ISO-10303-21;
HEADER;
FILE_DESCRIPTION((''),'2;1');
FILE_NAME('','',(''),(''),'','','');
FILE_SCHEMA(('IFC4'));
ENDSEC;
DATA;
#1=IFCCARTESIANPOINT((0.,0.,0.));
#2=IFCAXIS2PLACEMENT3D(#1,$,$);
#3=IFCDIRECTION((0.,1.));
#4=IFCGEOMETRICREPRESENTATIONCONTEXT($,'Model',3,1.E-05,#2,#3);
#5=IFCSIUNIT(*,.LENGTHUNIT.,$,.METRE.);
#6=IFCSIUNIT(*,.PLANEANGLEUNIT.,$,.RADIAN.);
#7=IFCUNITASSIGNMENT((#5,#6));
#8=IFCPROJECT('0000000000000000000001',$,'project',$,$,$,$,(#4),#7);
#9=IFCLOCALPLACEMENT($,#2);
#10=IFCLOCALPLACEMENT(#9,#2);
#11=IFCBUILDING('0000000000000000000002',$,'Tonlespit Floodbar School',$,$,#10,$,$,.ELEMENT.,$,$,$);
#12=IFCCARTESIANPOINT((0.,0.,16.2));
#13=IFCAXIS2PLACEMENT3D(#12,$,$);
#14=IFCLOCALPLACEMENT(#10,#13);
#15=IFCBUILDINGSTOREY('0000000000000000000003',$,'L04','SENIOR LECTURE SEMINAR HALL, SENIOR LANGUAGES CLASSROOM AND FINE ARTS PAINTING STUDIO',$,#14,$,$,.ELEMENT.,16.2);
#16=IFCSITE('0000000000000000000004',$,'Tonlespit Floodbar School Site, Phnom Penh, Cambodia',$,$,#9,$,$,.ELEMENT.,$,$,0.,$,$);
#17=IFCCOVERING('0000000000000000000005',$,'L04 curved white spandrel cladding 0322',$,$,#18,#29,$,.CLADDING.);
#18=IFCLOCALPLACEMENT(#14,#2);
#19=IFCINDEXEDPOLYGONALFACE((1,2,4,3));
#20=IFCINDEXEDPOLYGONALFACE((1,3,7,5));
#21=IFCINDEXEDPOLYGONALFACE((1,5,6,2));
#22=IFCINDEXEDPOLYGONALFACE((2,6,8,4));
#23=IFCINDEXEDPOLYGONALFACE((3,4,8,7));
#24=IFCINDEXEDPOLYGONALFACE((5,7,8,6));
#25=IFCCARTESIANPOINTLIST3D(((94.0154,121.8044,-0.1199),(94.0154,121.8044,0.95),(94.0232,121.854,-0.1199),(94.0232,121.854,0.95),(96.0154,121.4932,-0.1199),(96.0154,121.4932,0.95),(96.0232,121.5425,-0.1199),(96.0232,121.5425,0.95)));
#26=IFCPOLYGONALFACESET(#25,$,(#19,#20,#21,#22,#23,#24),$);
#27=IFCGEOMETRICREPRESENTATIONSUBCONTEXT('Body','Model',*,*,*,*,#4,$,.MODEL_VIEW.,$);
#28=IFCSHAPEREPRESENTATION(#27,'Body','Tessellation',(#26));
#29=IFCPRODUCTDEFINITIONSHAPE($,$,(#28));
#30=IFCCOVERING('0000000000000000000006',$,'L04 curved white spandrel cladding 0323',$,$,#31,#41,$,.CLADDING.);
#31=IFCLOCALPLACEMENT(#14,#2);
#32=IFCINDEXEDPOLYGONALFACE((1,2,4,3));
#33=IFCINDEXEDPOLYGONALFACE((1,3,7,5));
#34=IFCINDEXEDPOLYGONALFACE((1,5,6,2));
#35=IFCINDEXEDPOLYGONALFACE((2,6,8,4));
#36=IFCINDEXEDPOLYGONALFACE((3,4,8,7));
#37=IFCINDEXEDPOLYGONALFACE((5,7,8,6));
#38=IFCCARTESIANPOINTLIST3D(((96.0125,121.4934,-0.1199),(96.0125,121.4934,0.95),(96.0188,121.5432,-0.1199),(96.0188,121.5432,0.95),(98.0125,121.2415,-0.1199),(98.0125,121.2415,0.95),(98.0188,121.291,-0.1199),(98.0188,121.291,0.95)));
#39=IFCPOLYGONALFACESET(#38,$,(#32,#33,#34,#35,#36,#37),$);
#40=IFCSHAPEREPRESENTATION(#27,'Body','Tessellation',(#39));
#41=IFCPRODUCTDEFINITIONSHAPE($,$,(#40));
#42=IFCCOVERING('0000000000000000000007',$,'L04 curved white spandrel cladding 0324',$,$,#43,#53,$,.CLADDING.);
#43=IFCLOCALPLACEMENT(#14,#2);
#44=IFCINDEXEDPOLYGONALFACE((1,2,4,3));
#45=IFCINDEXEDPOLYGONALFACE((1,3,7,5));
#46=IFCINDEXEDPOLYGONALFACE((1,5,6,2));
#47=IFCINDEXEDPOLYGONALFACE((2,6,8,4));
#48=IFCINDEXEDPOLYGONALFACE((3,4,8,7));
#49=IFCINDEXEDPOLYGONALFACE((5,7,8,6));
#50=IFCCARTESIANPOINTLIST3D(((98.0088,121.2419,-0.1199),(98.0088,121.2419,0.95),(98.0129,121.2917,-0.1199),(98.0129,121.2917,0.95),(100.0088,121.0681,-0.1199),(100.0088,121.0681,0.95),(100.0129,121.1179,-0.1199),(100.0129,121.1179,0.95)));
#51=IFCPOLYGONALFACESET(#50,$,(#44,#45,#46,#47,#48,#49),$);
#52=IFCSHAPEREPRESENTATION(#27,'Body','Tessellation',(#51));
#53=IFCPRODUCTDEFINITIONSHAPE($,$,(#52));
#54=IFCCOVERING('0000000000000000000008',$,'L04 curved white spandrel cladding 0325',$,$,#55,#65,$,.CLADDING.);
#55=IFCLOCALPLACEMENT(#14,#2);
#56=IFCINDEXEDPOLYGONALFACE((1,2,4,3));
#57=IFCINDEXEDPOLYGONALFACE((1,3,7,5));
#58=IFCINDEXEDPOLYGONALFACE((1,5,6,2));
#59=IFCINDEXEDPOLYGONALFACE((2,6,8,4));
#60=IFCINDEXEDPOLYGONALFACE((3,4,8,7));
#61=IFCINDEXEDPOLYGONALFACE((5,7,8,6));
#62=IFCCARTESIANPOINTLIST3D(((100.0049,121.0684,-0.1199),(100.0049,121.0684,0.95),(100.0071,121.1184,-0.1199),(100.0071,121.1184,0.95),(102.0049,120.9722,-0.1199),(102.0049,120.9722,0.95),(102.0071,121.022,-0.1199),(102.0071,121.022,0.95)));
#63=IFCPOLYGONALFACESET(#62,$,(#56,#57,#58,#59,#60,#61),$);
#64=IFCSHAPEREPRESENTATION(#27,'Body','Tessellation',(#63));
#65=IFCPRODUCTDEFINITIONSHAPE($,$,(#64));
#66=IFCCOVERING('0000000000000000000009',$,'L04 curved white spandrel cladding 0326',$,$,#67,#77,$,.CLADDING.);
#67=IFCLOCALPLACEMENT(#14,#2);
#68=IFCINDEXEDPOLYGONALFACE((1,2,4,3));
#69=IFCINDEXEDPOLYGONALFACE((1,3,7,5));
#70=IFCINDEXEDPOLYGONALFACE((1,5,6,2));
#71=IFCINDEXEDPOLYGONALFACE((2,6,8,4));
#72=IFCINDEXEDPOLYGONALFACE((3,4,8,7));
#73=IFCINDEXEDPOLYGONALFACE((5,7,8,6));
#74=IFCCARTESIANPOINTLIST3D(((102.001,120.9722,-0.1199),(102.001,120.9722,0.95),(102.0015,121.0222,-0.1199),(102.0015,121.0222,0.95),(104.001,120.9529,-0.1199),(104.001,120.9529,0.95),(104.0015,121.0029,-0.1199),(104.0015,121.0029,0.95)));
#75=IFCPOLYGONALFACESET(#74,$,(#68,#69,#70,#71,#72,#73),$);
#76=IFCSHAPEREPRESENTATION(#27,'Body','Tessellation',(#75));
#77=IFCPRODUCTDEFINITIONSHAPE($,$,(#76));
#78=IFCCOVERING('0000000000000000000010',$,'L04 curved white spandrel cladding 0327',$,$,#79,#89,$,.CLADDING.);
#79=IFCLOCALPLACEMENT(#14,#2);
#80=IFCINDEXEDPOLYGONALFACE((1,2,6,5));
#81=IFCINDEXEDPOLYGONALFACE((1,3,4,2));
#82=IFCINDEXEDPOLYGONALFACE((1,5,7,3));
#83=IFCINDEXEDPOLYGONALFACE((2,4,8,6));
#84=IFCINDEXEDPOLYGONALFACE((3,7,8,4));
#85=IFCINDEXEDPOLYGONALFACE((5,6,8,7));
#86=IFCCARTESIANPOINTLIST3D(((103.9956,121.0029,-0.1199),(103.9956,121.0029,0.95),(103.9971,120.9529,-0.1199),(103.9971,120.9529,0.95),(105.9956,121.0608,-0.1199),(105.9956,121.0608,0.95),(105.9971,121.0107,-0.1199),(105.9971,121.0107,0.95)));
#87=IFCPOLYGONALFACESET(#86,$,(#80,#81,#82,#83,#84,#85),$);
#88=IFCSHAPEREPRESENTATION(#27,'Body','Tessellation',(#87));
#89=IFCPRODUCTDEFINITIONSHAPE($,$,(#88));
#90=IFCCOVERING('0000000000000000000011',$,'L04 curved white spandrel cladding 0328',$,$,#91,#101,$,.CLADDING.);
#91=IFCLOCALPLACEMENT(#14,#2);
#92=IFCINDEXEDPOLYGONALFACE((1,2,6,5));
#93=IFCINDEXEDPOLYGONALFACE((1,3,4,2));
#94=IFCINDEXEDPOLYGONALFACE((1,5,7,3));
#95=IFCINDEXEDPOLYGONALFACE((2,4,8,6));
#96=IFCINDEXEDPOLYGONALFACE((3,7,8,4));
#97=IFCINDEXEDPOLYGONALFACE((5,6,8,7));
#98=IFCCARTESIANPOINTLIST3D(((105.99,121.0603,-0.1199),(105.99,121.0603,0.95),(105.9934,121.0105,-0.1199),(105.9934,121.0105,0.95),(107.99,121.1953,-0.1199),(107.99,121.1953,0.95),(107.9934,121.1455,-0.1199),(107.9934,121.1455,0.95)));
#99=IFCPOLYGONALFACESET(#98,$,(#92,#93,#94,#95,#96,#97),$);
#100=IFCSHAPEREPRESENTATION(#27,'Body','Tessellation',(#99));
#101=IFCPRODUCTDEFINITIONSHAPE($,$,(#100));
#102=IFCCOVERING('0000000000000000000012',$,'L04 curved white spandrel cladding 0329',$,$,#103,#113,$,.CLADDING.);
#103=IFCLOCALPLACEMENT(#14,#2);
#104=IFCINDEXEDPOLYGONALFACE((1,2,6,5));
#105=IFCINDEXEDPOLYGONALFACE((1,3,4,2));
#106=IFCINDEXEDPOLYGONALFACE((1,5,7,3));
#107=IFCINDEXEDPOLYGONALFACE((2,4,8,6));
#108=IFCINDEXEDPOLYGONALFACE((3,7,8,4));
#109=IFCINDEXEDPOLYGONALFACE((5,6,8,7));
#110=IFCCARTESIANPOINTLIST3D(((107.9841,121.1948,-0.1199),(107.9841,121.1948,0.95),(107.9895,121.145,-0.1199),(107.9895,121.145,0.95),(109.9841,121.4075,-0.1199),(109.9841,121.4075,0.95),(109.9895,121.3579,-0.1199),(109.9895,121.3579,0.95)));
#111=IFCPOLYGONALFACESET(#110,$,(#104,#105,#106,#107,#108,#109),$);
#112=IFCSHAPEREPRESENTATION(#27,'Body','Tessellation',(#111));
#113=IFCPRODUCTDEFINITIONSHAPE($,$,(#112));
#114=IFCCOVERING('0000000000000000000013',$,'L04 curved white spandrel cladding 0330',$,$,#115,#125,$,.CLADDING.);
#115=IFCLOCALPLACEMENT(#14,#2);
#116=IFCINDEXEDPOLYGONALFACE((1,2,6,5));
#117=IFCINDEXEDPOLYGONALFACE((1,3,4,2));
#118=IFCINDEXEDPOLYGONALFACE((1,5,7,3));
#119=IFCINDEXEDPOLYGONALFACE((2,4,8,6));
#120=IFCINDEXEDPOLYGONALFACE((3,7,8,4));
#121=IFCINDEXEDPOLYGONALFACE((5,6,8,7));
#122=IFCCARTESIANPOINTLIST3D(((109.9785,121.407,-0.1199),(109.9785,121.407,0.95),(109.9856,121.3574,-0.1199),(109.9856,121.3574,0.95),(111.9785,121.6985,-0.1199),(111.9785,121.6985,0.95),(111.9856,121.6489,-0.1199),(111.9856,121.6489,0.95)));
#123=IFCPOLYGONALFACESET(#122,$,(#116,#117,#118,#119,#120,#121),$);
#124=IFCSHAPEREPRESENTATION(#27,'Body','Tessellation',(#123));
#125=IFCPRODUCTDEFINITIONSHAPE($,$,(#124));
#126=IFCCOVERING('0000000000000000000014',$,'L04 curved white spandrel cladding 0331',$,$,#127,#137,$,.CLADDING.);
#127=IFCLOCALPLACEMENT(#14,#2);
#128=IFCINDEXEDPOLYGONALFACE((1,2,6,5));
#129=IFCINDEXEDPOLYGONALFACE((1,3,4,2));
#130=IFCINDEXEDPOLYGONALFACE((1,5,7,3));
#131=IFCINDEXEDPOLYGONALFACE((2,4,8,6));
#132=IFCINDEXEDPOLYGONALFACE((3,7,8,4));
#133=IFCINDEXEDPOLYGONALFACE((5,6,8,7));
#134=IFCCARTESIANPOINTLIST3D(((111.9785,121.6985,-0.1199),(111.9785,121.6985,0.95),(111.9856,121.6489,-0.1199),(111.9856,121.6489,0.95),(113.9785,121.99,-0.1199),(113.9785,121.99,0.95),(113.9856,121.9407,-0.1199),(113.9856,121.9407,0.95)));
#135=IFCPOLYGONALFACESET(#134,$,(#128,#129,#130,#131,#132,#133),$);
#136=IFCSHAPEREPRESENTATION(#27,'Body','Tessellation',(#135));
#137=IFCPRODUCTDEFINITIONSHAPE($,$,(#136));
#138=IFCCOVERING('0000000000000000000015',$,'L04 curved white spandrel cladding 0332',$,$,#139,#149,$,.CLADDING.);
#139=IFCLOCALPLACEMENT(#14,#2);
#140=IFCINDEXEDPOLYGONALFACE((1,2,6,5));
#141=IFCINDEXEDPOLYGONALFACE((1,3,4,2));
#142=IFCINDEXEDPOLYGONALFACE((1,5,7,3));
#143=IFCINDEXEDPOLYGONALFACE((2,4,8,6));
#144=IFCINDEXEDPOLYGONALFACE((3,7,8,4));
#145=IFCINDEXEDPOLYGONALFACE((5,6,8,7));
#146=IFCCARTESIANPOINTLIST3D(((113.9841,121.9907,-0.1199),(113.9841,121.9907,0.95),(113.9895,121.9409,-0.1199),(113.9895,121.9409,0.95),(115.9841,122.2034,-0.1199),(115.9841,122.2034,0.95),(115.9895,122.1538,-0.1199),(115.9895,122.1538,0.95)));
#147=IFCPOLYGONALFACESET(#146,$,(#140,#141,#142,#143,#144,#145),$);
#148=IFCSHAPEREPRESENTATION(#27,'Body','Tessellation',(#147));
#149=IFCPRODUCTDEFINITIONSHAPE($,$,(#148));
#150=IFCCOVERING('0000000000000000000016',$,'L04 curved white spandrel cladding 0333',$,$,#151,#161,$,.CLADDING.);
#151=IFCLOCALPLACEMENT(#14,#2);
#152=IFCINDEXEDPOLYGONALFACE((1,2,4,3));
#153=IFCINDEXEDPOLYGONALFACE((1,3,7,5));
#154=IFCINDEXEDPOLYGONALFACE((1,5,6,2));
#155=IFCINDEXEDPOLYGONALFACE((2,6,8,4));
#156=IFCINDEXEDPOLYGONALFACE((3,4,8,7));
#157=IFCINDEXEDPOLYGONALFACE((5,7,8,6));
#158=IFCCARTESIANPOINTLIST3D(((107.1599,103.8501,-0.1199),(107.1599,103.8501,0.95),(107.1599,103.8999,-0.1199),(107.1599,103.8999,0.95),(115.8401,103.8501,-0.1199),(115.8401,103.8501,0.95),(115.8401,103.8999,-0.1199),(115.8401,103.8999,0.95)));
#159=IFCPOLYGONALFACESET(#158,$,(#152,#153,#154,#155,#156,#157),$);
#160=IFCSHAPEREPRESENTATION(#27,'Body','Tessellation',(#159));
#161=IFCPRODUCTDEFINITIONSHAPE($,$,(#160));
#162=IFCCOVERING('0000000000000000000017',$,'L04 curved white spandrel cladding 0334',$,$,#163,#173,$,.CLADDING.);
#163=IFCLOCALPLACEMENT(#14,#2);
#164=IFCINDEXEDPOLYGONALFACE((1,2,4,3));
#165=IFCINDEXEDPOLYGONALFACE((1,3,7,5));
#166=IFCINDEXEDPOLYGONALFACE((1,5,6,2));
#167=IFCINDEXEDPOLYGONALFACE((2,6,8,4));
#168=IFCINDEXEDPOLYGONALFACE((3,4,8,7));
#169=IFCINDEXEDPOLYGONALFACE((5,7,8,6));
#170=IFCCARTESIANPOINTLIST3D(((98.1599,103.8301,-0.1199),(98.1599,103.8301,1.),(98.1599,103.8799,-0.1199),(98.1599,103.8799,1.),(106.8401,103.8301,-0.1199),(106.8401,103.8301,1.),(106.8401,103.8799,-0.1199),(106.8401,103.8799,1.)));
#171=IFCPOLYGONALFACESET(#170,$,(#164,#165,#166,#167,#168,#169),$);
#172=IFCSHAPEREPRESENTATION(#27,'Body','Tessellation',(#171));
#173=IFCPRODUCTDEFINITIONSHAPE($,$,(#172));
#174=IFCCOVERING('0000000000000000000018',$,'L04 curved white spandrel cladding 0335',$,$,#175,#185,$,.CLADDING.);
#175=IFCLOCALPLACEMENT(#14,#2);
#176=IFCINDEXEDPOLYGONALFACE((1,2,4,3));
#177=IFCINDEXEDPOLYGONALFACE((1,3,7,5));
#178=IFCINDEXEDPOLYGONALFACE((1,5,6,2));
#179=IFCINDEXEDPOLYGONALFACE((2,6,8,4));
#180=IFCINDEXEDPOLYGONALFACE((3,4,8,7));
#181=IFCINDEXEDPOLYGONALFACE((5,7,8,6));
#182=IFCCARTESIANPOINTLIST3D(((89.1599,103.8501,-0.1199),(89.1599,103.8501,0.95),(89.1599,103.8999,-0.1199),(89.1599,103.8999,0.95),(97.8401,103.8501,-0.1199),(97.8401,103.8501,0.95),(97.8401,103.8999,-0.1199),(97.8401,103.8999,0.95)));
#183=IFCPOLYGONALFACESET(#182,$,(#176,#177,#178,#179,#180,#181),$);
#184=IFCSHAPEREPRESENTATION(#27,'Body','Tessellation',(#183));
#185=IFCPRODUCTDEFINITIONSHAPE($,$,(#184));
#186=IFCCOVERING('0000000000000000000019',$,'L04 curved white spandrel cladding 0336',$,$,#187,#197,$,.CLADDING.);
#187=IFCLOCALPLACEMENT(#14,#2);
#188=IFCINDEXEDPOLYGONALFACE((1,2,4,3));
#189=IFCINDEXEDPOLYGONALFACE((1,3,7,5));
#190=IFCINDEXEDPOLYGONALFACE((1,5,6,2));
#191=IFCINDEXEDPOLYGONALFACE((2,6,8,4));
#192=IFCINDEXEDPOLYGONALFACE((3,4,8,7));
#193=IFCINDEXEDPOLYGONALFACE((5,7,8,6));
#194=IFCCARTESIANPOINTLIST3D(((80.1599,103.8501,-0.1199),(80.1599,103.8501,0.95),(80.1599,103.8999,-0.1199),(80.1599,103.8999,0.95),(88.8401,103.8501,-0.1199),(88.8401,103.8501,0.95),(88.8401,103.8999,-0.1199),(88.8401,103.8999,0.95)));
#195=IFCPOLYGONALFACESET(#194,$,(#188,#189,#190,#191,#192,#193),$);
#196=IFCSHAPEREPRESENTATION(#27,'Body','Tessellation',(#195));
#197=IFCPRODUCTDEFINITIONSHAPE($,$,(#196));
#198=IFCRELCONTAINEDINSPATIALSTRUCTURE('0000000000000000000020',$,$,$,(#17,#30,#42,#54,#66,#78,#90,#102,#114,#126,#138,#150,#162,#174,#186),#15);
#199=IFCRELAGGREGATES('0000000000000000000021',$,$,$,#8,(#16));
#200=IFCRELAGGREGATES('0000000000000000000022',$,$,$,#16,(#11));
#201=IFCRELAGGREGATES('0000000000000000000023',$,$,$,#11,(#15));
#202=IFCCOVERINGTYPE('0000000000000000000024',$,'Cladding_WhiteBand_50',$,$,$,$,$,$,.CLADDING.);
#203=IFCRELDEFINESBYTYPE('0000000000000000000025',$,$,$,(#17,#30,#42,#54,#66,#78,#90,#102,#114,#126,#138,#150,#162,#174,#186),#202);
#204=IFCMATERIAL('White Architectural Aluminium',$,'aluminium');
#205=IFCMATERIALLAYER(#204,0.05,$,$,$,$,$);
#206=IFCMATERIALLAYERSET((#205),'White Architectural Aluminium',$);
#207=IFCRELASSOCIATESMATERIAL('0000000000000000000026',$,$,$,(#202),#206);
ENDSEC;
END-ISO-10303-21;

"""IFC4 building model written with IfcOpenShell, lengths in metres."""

from ifc_helpers import new_model, si_unit, direction, frame, origin, place, context, subcontext, project, spatial, polyline, outline, extrude, material, layer, layer_set, type_object, element, save


model = new_model("IFC4")

# Units and contexts
model_context = context("Model", 3, precision=1e-05, world=origin(), true_north=direction((0.0, 1.0)))
body_context = subcontext(model_context, "Body", "Model", "MODEL_VIEW")
ifc_project = project(units=[si_unit("LENGTHUNIT", "METRE"), si_unit("PLANEANGLEUNIT", "RADIAN")], contexts=[model_context])

# Site, building, storey
site_placement = place(None, origin())
site = spatial("IfcSite", under=ifc_project, at=site_placement, Name="Tonlespit Floodbar School Site, Phnom Penh, Cambodia", CompositionType="ELEMENT", RefElevation=0.0)
building_placement = place(site_placement, origin())
building = spatial("IfcBuilding", under=site, at=building_placement, Name="Tonlespit Floodbar School", CompositionType="ELEMENT")
storey_placement = place(building_placement, frame((0.0, 0.0, 16.2)))
storey = spatial("IfcBuildingStorey", under=building, at=storey_placement, Name="L04", Description="SENIOR LECTURE SEMINAR HALL, SENIOR LANGUAGES CLASSROOM AND FINE ARTS PAINTING STUDIO", CompositionType="ELEMENT", Elevation=16.2)

# Coverings
ifc_material = material(Name="White Architectural Aluminium", Category="aluminium")
ifc_layer = layer(ifc_material, 0.05)
ifc_layer_set = layer_set([ifc_layer], Name="White Architectural Aluminium")
covering_type = type_object("IfcCoveringType", Name="Cladding_WhiteBand_50", PredefinedType="CLADDING", material=ifc_layer_set)
covering_1_placement = place(storey_placement, frame((0.0, 0.0, -0.1199)))
element("IfcCovering", 1, at=covering_1_placement, inside=storey, type_object=covering_type, Name="L04 curved white spandrel cladding 0322", PredefinedType="CLADDING", context=body_context, shape_type="SweptSolid", body=[
    extrude(outline(polyline([(94.0154, 121.8044), (96.0154, 121.4932), (96.0232, 121.5425), (94.0232, 121.854), (94.0154, 121.8044)])), origin(), (0.0, 0.0, 1.0), 1.0698),
])
covering_2_placement = place(storey_placement, frame((0.0, 0.0, -0.1199)))
element("IfcCovering", 2, at=covering_2_placement, inside=storey, type_object=covering_type, Name="L04 curved white spandrel cladding 0323", PredefinedType="CLADDING", context=body_context, shape_type="SweptSolid", body=[
    extrude(outline(polyline([(96.0125, 121.4934), (98.0125, 121.2415), (98.0188, 121.291), (96.0188, 121.5432), (96.0125, 121.4934)])), origin(), (0.0, 0.0, 1.0), 1.0698),
])
covering_3_placement = place(storey_placement, frame((0.0, 0.0, -0.1199)))
element("IfcCovering", 3, at=covering_3_placement, inside=storey, type_object=covering_type, Name="L04 curved white spandrel cladding 0324", PredefinedType="CLADDING", context=body_context, shape_type="SweptSolid", body=[
    extrude(outline(polyline([(98.0088, 121.2419), (100.0088, 121.0681), (100.0129, 121.1179), (98.0129, 121.2917), (98.0088, 121.2419)])), origin(), (0.0, 0.0, 1.0), 1.0698),
])
covering_4_placement = place(storey_placement, frame((0.0, 0.0, -0.1199)))
element("IfcCovering", 4, at=covering_4_placement, inside=storey, type_object=covering_type, Name="L04 curved white spandrel cladding 0325", PredefinedType="CLADDING", context=body_context, shape_type="SweptSolid", body=[
    extrude(outline(polyline([(100.0049, 121.0684), (102.0049, 120.9722), (102.0071, 121.022), (100.0071, 121.1184), (100.0049, 121.0684)])), origin(), (0.0, 0.0, 1.0), 1.0698),
])
covering_5_placement = place(storey_placement, frame((0.0, 0.0, -0.1199)))
element("IfcCovering", 5, at=covering_5_placement, inside=storey, type_object=covering_type, Name="L04 curved white spandrel cladding 0326", PredefinedType="CLADDING", context=body_context, shape_type="SweptSolid", body=[
    extrude(outline(polyline([(102.001, 120.9722), (104.001, 120.9529), (104.0015, 121.0029), (102.0015, 121.0222), (102.001, 120.9722)])), origin(), (0.0, 0.0, 1.0), 1.0698),
])
covering_6_placement = place(storey_placement, frame((0.0, 0.0, -0.1199)))
element("IfcCovering", 6, at=covering_6_placement, inside=storey, type_object=covering_type, Name="L04 curved white spandrel cladding 0327", PredefinedType="CLADDING", context=body_context, shape_type="SweptSolid", body=[
    extrude(outline(polyline([(103.9971, 120.9529), (105.9971, 121.0107), (105.9956, 121.0608), (103.9956, 121.0029), (103.9971, 120.9529)])), origin(), (0.0, 0.0, 1.0), 1.0698),
])
covering_7_placement = place(storey_placement, frame((0.0, 0.0, -0.1199)))
element("IfcCovering", 7, at=covering_7_placement, inside=storey, type_object=covering_type, Name="L04 curved white spandrel cladding 0328", PredefinedType="CLADDING", context=body_context, shape_type="SweptSolid", body=[
    extrude(outline(polyline([(105.9934, 121.0105), (107.9934, 121.1455), (107.99, 121.1953), (105.99, 121.0603), (105.9934, 121.0105)])), origin(), (0.0, 0.0, 1.0), 1.0698),
])
covering_8_placement = place(storey_placement, frame((0.0, 0.0, -0.1199)))
element("IfcCovering", 8, at=covering_8_placement, inside=storey, type_object=covering_type, Name="L04 curved white spandrel cladding 0329", PredefinedType="CLADDING", context=body_context, shape_type="SweptSolid", body=[
    extrude(outline(polyline([(107.9895, 121.145), (109.9895, 121.3579), (109.9841, 121.4075), (107.9841, 121.1948), (107.9895, 121.145)])), origin(), (0.0, 0.0, 1.0), 1.0698),
])
covering_9_placement = place(storey_placement, frame((0.0, 0.0, -0.1199)))
element("IfcCovering", 9, at=covering_9_placement, inside=storey, type_object=covering_type, Name="L04 curved white spandrel cladding 0330", PredefinedType="CLADDING", context=body_context, shape_type="SweptSolid", body=[
    extrude(outline(polyline([(109.9856, 121.3574), (111.9856, 121.6489), (111.9785, 121.6985), (109.9785, 121.407), (109.9856, 121.3574)])), origin(), (0.0, 0.0, 1.0), 1.0698),
])
covering_10_placement = place(storey_placement, frame((0.0, 0.0, -0.1199)))
element("IfcCovering", 10, at=covering_10_placement, inside=storey, type_object=covering_type, Name="L04 curved white spandrel cladding 0331", PredefinedType="CLADDING", context=body_context, shape_type="SweptSolid", body=[
    extrude(outline(polyline([(111.9856, 121.6489), (113.9856, 121.9407), (113.9785, 121.99), (111.9785, 121.6985), (111.9856, 121.6489)])), origin(), (0.0, 0.0, 1.0), 1.0698),
])
covering_11_placement = place(storey_placement, frame((0.0, 0.0, -0.1199)))
element("IfcCovering", 11, at=covering_11_placement, inside=storey, type_object=covering_type, Name="L04 curved white spandrel cladding 0332", PredefinedType="CLADDING", context=body_context, shape_type="SweptSolid", body=[
    extrude(outline(polyline([(113.9895, 121.9409), (115.9895, 122.1538), (115.9841, 122.2034), (113.9841, 121.9907), (113.9895, 121.9409)])), origin(), (0.0, 0.0, 1.0), 1.0698),
])
covering_12_placement = place(storey_placement, frame((0.0, 0.0, -0.1199)))
element("IfcCovering", 12, at=covering_12_placement, inside=storey, type_object=covering_type, Name="L04 curved white spandrel cladding 0333", PredefinedType="CLADDING", context=body_context, shape_type="SweptSolid", body=[
    extrude(outline(polyline([(115.8401, 103.8999), (107.1599, 103.8999), (107.1599, 103.8501), (115.8401, 103.8501), (115.8401, 103.8999)])), origin(), (0.0, 0.0, 1.0), 1.0698),
])
covering_13_placement = place(storey_placement, frame((0.0, 0.0, -0.1199)))
element("IfcCovering", 13, at=covering_13_placement, inside=storey, type_object=covering_type, Name="L04 curved white spandrel cladding 0334", PredefinedType="CLADDING", context=body_context, shape_type="SweptSolid", body=[
    extrude(outline(polyline([(106.8401, 103.8799), (98.1599, 103.8799), (98.1599, 103.8301), (106.8401, 103.8301), (106.8401, 103.8799)])), origin(), (0.0, 0.0, 1.0), 1.1199),
])
covering_14_placement = place(storey_placement, frame((0.0, 0.0, -0.1199)))
element("IfcCovering", 14, at=covering_14_placement, inside=storey, type_object=covering_type, Name="L04 curved white spandrel cladding 0335", PredefinedType="CLADDING", context=body_context, shape_type="SweptSolid", body=[
    extrude(outline(polyline([(97.8401, 103.8999), (89.1599, 103.8999), (89.1599, 103.8501), (97.8401, 103.8501), (97.8401, 103.8999)])), origin(), (0.0, 0.0, 1.0), 1.0698),
])
covering_15_placement = place(storey_placement, frame((0.0, 0.0, -0.1199)))
element("IfcCovering", 15, at=covering_15_placement, inside=storey, type_object=covering_type, Name="L04 curved white spandrel cladding 0336", PredefinedType="CLADDING", context=body_context, shape_type="SweptSolid", body=[
    extrude(outline(polyline([(88.8401, 103.8999), (80.1599, 103.8999), (80.1599, 103.8501), (88.8401, 103.8501), (88.8401, 103.8999)])), origin(), (0.0, 0.0, 1.0), 1.0698),
])

save(model, "model.ifc")
